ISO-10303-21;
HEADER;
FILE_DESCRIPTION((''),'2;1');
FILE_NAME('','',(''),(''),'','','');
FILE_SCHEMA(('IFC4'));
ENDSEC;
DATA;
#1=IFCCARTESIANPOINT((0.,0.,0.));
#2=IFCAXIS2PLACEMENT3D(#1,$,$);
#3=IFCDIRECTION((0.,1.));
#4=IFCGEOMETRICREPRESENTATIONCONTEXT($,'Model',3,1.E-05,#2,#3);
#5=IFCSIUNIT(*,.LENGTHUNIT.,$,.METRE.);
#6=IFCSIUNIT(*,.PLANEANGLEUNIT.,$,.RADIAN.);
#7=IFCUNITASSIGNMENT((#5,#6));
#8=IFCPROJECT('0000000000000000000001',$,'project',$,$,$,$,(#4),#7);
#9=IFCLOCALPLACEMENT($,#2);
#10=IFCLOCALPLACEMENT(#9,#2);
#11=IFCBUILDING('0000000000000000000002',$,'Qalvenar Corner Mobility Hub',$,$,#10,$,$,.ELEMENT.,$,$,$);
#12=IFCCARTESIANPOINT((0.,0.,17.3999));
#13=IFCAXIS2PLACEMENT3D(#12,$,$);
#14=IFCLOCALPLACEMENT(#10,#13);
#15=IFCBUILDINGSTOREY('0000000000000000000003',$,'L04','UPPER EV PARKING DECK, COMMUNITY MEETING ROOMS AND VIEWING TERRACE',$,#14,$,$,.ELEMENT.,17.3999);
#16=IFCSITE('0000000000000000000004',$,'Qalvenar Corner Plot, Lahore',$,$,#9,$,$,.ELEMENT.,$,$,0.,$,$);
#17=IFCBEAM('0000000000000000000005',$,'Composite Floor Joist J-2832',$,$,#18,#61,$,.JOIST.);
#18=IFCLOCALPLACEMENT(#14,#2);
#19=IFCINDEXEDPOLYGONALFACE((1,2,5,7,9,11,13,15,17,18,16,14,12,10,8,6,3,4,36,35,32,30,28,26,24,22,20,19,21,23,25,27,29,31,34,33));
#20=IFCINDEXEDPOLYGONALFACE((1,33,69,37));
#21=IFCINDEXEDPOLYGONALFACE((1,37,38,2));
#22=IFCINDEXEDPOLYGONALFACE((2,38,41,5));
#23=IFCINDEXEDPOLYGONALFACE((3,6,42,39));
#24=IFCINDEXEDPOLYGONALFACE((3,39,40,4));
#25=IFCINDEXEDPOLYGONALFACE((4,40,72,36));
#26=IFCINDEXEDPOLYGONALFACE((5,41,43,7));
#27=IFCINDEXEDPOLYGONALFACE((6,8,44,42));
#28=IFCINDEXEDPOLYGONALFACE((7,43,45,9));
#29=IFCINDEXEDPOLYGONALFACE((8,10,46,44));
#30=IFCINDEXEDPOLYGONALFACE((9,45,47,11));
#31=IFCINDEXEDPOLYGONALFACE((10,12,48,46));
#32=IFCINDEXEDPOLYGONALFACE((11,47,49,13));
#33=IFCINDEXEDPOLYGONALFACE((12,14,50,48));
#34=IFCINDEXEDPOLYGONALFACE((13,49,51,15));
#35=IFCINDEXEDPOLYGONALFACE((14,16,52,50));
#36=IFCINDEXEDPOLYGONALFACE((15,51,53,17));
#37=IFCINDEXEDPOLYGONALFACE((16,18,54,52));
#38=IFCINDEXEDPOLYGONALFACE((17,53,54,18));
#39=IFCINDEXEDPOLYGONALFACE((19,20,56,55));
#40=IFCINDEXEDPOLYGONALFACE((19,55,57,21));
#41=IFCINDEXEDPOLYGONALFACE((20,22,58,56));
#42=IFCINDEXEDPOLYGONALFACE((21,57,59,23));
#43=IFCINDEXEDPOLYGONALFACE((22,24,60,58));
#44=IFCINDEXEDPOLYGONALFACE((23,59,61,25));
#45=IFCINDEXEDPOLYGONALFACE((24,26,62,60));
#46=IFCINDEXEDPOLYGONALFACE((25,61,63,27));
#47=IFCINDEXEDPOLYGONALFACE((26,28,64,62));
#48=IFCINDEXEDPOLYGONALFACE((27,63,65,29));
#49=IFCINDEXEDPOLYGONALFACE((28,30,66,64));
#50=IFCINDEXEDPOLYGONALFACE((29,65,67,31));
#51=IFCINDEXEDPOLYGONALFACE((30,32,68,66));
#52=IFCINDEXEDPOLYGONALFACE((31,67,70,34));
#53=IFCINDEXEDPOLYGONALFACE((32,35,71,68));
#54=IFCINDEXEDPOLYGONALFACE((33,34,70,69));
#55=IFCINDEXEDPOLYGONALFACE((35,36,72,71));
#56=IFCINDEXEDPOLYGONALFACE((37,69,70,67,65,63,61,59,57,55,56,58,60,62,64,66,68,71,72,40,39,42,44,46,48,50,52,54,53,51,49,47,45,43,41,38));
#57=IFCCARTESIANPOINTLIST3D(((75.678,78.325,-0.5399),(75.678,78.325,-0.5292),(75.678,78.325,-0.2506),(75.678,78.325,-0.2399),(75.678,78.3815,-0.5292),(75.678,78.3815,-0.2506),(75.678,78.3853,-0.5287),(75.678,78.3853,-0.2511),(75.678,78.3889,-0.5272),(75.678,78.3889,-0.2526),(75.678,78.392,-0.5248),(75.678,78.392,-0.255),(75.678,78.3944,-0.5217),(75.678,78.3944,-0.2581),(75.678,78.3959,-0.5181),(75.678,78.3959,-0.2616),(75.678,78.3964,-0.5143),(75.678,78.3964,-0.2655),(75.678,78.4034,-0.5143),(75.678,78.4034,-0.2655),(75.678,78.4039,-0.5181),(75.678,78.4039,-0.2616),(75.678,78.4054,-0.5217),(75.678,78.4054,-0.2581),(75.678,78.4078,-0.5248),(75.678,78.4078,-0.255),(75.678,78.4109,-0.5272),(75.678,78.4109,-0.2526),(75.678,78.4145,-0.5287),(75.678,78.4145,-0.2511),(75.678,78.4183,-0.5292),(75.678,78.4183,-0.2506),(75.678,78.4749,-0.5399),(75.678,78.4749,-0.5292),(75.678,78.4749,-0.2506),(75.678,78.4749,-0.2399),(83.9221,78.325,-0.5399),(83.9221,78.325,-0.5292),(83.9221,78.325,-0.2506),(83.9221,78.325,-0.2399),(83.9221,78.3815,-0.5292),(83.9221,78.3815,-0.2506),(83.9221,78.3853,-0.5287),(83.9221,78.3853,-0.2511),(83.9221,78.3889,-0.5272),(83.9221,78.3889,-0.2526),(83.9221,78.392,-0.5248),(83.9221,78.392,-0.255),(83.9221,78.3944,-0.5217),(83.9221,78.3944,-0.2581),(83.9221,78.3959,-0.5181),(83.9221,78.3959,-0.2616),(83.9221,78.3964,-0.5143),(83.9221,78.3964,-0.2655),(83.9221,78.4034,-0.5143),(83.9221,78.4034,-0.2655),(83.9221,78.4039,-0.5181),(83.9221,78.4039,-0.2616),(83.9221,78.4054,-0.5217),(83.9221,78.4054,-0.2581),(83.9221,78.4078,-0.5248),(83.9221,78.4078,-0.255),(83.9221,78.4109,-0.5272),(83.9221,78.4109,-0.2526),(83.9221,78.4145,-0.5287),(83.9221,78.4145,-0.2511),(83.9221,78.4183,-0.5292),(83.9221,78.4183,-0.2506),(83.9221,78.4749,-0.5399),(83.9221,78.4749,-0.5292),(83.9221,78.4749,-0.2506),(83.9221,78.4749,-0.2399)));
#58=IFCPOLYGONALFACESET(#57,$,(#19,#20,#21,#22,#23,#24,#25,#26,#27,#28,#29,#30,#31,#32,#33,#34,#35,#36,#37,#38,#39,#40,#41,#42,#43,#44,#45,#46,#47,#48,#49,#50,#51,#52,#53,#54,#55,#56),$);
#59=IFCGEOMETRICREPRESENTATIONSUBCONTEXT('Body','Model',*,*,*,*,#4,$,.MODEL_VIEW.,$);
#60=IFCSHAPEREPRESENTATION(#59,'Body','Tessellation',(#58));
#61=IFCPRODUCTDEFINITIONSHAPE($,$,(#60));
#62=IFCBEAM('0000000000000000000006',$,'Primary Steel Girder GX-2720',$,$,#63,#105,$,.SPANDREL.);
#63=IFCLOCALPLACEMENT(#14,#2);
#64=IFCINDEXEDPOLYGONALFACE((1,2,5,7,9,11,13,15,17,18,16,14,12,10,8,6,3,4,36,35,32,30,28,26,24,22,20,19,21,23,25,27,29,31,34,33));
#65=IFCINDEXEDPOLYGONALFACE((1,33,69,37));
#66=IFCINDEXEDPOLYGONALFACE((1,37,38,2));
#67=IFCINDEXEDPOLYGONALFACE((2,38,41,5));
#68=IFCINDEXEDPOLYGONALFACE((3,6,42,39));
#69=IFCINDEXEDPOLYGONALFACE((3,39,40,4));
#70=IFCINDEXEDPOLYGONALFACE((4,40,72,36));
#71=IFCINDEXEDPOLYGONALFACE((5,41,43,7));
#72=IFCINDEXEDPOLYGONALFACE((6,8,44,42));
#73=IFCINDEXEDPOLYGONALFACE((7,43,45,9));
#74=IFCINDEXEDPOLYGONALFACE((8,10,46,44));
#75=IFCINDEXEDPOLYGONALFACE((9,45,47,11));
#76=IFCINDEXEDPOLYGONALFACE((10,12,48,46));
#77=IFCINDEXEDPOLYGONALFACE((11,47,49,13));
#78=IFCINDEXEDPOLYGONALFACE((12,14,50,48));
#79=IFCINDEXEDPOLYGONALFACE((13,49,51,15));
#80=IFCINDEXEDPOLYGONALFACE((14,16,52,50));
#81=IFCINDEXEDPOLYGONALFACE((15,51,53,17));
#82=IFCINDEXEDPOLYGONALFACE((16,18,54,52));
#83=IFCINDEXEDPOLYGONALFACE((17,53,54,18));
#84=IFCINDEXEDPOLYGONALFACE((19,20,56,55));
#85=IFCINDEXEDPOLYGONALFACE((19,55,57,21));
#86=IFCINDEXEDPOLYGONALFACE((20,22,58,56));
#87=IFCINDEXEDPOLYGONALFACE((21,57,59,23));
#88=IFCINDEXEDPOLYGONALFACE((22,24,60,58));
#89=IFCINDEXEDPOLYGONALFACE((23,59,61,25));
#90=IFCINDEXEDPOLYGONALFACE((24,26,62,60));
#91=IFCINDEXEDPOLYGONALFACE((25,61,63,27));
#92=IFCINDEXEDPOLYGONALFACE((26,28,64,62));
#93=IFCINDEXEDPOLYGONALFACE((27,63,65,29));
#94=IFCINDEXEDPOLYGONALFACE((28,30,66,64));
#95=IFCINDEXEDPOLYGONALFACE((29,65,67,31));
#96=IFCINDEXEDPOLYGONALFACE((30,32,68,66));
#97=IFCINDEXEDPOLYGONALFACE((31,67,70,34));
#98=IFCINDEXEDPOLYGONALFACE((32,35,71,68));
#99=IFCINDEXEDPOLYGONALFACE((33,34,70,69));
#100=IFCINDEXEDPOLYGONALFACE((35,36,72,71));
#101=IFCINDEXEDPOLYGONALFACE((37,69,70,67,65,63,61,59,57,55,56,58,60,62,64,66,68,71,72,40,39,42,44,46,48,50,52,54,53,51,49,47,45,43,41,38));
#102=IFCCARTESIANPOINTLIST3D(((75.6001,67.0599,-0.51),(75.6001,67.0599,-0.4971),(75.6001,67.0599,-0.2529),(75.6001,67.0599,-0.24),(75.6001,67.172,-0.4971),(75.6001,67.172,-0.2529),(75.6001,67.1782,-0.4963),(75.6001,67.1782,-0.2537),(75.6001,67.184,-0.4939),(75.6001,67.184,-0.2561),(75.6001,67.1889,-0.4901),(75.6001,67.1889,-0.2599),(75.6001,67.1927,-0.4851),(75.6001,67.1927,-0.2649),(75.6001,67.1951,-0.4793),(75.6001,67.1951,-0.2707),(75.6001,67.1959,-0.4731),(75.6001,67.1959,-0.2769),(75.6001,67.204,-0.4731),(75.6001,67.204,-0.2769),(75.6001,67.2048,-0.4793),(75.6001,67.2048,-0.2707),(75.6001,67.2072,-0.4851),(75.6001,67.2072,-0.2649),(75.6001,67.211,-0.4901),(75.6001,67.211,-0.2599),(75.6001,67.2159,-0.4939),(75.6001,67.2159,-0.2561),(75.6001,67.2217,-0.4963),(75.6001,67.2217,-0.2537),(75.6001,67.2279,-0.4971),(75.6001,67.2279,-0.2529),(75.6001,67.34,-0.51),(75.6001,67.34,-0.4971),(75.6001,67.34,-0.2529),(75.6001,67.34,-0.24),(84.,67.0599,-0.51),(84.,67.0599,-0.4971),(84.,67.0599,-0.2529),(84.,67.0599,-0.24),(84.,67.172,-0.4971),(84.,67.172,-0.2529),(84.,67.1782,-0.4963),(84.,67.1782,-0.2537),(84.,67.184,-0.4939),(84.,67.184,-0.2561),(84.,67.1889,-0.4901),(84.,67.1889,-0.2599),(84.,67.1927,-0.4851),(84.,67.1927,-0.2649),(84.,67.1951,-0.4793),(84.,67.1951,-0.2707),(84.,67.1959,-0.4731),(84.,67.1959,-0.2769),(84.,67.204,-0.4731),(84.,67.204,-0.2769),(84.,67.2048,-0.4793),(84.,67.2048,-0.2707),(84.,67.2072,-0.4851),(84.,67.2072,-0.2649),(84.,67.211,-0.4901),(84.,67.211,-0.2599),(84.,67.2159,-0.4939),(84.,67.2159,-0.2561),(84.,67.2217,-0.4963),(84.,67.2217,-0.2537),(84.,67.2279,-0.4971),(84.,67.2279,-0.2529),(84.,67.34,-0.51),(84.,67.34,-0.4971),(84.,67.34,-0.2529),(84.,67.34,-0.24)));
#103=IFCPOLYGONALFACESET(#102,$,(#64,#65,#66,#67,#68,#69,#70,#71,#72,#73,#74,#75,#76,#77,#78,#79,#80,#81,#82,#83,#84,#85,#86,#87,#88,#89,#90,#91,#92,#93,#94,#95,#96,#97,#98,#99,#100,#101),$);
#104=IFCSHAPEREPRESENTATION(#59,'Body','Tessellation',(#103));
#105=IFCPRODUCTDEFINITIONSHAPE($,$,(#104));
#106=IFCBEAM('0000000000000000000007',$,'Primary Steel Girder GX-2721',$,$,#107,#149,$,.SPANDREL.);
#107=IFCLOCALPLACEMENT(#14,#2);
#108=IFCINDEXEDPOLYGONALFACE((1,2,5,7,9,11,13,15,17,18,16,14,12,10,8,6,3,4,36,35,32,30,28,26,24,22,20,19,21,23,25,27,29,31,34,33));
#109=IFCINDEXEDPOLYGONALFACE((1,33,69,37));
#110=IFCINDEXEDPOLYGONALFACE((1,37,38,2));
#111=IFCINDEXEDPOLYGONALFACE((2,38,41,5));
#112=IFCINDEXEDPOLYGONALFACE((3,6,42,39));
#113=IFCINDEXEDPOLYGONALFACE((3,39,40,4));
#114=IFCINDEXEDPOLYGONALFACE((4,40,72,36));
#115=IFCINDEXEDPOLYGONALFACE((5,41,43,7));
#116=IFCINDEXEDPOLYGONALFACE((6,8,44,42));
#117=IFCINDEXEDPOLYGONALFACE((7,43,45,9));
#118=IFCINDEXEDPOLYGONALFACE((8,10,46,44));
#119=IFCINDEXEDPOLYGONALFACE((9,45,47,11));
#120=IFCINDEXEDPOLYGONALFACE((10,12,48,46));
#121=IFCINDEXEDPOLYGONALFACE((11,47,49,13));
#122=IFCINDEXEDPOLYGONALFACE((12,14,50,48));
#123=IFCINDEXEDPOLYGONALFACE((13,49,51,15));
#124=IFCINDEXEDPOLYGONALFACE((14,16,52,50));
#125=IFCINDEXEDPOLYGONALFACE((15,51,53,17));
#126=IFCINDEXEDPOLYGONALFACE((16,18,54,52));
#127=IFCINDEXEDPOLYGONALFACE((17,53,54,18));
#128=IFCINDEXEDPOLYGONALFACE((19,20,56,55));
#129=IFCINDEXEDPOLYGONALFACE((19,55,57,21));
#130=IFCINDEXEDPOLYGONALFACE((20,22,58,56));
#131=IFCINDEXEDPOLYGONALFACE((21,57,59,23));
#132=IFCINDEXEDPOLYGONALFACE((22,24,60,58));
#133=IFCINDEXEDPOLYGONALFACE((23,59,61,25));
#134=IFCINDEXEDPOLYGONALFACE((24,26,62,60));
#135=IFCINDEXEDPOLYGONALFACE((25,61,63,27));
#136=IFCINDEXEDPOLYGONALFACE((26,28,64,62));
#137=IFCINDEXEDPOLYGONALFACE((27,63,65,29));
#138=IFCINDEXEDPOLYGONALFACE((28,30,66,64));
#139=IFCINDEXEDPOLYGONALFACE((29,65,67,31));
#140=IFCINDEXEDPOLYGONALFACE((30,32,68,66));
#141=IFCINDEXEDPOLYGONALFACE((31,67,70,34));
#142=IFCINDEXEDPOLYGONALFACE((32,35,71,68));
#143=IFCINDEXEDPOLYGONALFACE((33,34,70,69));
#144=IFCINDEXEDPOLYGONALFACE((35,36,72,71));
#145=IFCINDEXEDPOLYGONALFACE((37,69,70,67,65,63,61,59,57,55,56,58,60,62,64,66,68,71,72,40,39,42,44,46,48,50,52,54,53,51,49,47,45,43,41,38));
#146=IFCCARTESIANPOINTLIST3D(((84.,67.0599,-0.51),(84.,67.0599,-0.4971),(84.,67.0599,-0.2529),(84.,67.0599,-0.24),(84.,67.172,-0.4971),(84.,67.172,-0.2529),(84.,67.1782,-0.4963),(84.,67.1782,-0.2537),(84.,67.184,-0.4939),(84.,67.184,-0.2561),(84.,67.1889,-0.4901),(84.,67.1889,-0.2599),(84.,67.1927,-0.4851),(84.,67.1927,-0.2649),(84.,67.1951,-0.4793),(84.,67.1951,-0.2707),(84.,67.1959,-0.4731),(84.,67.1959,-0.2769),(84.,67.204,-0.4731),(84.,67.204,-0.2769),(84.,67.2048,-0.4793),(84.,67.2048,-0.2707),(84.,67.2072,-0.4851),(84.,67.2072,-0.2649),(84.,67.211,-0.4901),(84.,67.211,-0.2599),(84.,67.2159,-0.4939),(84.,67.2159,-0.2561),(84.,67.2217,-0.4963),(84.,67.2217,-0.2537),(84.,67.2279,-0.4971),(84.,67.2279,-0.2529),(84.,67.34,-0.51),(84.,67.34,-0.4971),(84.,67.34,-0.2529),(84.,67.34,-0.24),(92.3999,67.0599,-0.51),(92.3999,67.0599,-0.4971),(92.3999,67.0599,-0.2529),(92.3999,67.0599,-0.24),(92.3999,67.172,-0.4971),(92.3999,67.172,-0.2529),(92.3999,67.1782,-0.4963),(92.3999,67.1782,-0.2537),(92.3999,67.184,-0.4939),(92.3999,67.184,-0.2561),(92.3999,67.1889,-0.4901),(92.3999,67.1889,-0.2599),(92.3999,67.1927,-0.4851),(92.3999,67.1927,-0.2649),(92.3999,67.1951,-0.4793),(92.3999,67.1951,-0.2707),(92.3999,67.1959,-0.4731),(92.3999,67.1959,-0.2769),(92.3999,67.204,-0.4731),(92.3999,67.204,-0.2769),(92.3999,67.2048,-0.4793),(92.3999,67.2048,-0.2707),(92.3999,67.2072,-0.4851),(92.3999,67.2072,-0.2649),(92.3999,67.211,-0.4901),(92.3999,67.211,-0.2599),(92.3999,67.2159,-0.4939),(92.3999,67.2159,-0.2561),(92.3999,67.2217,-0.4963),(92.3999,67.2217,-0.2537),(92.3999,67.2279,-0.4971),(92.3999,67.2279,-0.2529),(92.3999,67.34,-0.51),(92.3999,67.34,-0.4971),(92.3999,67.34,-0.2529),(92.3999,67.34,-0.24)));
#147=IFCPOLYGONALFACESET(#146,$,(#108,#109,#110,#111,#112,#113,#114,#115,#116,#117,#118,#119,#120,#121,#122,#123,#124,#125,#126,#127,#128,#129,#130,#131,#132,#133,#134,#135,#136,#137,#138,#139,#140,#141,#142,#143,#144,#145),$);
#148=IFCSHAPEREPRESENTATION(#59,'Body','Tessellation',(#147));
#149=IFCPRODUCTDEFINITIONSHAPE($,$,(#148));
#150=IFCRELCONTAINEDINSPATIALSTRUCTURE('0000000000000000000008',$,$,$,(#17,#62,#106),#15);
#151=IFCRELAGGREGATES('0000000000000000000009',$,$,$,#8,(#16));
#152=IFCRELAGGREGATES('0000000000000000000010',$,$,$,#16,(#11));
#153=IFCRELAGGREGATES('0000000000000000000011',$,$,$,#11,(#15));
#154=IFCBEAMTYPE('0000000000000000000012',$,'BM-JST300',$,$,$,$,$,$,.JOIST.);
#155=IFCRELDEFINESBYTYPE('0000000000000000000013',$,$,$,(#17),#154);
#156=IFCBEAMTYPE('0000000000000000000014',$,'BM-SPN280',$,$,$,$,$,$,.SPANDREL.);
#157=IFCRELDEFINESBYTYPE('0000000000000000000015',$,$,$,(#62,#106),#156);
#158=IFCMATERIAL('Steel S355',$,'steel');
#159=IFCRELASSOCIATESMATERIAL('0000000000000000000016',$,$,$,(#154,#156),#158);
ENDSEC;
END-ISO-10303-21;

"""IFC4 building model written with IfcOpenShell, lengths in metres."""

from ifc_helpers import new_model, si_unit, direction, frame, origin, origin_2d, place, context, subcontext, project, spatial, i_section, extrude, material, material_profile, profile_set, type_object, element, save


model = new_model("IFC4")

# Units and contexts
model_context = context("Model", 3, precision=1e-05, world=origin(), true_north=direction((0.0, 1.0)))
body_context = subcontext(model_context, "Body", "Model", "MODEL_VIEW")
ifc_project = project(units=[si_unit("LENGTHUNIT", "METRE"), si_unit("PLANEANGLEUNIT", "RADIAN")], contexts=[model_context])

# Site, building, storey
site_placement = place(None, origin())
site = spatial("IfcSite", under=ifc_project, at=site_placement, Name="Qalvenar Corner Plot, Lahore", CompositionType="ELEMENT", RefElevation=0.0)
building_placement = place(site_placement, origin())
building = spatial("IfcBuilding", under=site, at=building_placement, Name="Qalvenar Corner Mobility Hub", CompositionType="ELEMENT")
storey_placement = place(building_placement, frame((0.0, 0.0, 17.3999)))
storey = spatial("IfcBuildingStorey", under=building, at=storey_placement, Name="L04", Description="UPPER EV PARKING DECK, COMMUNITY MEETING ROOMS AND VIEWING TERRACE", CompositionType="ELEMENT", Elevation=17.3999)

# Shared definitions
ifc_material = material(Name="Steel S355", Category="steel")

# Beams
ifc_material_profile_1 = material_profile(ifc_material, i_section(OverallWidth=0.1499, OverallDepth=0.3, WebThickness=0.0071, FlangeThickness=0.0107, FilletRadius=0.0149, at=origin_2d()), Name="IPE300")
ifc_profile_set_1 = profile_set([ifc_material_profile_1], Name="Steel S355")
beam_type_1 = type_object("IfcBeamType", Name="BM-JST300", PredefinedType="JOIST", material=ifc_profile_set_1)
for number, where, z_axis, x_axis, name in (
    (1, (75.678, 78.3999, -0.3899), (1.0, 0.0, 0.0), (0.0, 1.0, 0.0), "Composite Floor Joist J-2832"),
):
    element("IfcBeam", number, at=place(storey_placement, frame(where, z_axis=z_axis, x_axis=x_axis)), inside=storey, type_object=beam_type_1, Name=name, PredefinedType="JOIST", context=body_context, shape_type="SweptSolid", body=[
        extrude(i_section(OverallWidth=0.1499, OverallDepth=0.3, WebThickness=0.0071, FlangeThickness=0.0107, FilletRadius=0.0149, at=origin_2d()), origin(), (0.0, 0.0, 1.0), 8.2441),
    ])
ifc_material_profile_2 = material_profile(ifc_material, i_section(OverallWidth=0.28, OverallDepth=0.27, WebThickness=0.0081, FlangeThickness=0.0129, FilletRadius=0.0239, at=origin_2d()), Name="HEA280")
ifc_profile_set_2 = profile_set([ifc_material_profile_2], Name="Steel S355")
beam_type_2 = type_object("IfcBeamType", Name="BM-SPN280", PredefinedType="SPANDREL", material=ifc_profile_set_2)
for number, where, z_axis, x_axis, name in (
    (2, (75.6001, 67.2, -0.375), (1.0, 0.0, 0.0), (0.0, 1.0, 0.0), "Primary Steel Girder GX-2720"),
    (3, (84.0, 67.2, -0.375), (1.0, 0.0, 0.0), (0.0, 1.0, 0.0), "Primary Steel Girder GX-2721"),
):
    element("IfcBeam", number, at=place(storey_placement, frame(where, z_axis=z_axis, x_axis=x_axis)), inside=storey, type_object=beam_type_2, Name=name, PredefinedType="SPANDREL", context=body_context, shape_type="SweptSolid", body=[
        extrude(i_section(OverallWidth=0.28, OverallDepth=0.27, WebThickness=0.0081, FlangeThickness=0.0129, FilletRadius=0.0239, at=origin_2d()), origin(), (0.0, 0.0, 1.0), 8.3999),
    ])

save(model, "model.ifc")
